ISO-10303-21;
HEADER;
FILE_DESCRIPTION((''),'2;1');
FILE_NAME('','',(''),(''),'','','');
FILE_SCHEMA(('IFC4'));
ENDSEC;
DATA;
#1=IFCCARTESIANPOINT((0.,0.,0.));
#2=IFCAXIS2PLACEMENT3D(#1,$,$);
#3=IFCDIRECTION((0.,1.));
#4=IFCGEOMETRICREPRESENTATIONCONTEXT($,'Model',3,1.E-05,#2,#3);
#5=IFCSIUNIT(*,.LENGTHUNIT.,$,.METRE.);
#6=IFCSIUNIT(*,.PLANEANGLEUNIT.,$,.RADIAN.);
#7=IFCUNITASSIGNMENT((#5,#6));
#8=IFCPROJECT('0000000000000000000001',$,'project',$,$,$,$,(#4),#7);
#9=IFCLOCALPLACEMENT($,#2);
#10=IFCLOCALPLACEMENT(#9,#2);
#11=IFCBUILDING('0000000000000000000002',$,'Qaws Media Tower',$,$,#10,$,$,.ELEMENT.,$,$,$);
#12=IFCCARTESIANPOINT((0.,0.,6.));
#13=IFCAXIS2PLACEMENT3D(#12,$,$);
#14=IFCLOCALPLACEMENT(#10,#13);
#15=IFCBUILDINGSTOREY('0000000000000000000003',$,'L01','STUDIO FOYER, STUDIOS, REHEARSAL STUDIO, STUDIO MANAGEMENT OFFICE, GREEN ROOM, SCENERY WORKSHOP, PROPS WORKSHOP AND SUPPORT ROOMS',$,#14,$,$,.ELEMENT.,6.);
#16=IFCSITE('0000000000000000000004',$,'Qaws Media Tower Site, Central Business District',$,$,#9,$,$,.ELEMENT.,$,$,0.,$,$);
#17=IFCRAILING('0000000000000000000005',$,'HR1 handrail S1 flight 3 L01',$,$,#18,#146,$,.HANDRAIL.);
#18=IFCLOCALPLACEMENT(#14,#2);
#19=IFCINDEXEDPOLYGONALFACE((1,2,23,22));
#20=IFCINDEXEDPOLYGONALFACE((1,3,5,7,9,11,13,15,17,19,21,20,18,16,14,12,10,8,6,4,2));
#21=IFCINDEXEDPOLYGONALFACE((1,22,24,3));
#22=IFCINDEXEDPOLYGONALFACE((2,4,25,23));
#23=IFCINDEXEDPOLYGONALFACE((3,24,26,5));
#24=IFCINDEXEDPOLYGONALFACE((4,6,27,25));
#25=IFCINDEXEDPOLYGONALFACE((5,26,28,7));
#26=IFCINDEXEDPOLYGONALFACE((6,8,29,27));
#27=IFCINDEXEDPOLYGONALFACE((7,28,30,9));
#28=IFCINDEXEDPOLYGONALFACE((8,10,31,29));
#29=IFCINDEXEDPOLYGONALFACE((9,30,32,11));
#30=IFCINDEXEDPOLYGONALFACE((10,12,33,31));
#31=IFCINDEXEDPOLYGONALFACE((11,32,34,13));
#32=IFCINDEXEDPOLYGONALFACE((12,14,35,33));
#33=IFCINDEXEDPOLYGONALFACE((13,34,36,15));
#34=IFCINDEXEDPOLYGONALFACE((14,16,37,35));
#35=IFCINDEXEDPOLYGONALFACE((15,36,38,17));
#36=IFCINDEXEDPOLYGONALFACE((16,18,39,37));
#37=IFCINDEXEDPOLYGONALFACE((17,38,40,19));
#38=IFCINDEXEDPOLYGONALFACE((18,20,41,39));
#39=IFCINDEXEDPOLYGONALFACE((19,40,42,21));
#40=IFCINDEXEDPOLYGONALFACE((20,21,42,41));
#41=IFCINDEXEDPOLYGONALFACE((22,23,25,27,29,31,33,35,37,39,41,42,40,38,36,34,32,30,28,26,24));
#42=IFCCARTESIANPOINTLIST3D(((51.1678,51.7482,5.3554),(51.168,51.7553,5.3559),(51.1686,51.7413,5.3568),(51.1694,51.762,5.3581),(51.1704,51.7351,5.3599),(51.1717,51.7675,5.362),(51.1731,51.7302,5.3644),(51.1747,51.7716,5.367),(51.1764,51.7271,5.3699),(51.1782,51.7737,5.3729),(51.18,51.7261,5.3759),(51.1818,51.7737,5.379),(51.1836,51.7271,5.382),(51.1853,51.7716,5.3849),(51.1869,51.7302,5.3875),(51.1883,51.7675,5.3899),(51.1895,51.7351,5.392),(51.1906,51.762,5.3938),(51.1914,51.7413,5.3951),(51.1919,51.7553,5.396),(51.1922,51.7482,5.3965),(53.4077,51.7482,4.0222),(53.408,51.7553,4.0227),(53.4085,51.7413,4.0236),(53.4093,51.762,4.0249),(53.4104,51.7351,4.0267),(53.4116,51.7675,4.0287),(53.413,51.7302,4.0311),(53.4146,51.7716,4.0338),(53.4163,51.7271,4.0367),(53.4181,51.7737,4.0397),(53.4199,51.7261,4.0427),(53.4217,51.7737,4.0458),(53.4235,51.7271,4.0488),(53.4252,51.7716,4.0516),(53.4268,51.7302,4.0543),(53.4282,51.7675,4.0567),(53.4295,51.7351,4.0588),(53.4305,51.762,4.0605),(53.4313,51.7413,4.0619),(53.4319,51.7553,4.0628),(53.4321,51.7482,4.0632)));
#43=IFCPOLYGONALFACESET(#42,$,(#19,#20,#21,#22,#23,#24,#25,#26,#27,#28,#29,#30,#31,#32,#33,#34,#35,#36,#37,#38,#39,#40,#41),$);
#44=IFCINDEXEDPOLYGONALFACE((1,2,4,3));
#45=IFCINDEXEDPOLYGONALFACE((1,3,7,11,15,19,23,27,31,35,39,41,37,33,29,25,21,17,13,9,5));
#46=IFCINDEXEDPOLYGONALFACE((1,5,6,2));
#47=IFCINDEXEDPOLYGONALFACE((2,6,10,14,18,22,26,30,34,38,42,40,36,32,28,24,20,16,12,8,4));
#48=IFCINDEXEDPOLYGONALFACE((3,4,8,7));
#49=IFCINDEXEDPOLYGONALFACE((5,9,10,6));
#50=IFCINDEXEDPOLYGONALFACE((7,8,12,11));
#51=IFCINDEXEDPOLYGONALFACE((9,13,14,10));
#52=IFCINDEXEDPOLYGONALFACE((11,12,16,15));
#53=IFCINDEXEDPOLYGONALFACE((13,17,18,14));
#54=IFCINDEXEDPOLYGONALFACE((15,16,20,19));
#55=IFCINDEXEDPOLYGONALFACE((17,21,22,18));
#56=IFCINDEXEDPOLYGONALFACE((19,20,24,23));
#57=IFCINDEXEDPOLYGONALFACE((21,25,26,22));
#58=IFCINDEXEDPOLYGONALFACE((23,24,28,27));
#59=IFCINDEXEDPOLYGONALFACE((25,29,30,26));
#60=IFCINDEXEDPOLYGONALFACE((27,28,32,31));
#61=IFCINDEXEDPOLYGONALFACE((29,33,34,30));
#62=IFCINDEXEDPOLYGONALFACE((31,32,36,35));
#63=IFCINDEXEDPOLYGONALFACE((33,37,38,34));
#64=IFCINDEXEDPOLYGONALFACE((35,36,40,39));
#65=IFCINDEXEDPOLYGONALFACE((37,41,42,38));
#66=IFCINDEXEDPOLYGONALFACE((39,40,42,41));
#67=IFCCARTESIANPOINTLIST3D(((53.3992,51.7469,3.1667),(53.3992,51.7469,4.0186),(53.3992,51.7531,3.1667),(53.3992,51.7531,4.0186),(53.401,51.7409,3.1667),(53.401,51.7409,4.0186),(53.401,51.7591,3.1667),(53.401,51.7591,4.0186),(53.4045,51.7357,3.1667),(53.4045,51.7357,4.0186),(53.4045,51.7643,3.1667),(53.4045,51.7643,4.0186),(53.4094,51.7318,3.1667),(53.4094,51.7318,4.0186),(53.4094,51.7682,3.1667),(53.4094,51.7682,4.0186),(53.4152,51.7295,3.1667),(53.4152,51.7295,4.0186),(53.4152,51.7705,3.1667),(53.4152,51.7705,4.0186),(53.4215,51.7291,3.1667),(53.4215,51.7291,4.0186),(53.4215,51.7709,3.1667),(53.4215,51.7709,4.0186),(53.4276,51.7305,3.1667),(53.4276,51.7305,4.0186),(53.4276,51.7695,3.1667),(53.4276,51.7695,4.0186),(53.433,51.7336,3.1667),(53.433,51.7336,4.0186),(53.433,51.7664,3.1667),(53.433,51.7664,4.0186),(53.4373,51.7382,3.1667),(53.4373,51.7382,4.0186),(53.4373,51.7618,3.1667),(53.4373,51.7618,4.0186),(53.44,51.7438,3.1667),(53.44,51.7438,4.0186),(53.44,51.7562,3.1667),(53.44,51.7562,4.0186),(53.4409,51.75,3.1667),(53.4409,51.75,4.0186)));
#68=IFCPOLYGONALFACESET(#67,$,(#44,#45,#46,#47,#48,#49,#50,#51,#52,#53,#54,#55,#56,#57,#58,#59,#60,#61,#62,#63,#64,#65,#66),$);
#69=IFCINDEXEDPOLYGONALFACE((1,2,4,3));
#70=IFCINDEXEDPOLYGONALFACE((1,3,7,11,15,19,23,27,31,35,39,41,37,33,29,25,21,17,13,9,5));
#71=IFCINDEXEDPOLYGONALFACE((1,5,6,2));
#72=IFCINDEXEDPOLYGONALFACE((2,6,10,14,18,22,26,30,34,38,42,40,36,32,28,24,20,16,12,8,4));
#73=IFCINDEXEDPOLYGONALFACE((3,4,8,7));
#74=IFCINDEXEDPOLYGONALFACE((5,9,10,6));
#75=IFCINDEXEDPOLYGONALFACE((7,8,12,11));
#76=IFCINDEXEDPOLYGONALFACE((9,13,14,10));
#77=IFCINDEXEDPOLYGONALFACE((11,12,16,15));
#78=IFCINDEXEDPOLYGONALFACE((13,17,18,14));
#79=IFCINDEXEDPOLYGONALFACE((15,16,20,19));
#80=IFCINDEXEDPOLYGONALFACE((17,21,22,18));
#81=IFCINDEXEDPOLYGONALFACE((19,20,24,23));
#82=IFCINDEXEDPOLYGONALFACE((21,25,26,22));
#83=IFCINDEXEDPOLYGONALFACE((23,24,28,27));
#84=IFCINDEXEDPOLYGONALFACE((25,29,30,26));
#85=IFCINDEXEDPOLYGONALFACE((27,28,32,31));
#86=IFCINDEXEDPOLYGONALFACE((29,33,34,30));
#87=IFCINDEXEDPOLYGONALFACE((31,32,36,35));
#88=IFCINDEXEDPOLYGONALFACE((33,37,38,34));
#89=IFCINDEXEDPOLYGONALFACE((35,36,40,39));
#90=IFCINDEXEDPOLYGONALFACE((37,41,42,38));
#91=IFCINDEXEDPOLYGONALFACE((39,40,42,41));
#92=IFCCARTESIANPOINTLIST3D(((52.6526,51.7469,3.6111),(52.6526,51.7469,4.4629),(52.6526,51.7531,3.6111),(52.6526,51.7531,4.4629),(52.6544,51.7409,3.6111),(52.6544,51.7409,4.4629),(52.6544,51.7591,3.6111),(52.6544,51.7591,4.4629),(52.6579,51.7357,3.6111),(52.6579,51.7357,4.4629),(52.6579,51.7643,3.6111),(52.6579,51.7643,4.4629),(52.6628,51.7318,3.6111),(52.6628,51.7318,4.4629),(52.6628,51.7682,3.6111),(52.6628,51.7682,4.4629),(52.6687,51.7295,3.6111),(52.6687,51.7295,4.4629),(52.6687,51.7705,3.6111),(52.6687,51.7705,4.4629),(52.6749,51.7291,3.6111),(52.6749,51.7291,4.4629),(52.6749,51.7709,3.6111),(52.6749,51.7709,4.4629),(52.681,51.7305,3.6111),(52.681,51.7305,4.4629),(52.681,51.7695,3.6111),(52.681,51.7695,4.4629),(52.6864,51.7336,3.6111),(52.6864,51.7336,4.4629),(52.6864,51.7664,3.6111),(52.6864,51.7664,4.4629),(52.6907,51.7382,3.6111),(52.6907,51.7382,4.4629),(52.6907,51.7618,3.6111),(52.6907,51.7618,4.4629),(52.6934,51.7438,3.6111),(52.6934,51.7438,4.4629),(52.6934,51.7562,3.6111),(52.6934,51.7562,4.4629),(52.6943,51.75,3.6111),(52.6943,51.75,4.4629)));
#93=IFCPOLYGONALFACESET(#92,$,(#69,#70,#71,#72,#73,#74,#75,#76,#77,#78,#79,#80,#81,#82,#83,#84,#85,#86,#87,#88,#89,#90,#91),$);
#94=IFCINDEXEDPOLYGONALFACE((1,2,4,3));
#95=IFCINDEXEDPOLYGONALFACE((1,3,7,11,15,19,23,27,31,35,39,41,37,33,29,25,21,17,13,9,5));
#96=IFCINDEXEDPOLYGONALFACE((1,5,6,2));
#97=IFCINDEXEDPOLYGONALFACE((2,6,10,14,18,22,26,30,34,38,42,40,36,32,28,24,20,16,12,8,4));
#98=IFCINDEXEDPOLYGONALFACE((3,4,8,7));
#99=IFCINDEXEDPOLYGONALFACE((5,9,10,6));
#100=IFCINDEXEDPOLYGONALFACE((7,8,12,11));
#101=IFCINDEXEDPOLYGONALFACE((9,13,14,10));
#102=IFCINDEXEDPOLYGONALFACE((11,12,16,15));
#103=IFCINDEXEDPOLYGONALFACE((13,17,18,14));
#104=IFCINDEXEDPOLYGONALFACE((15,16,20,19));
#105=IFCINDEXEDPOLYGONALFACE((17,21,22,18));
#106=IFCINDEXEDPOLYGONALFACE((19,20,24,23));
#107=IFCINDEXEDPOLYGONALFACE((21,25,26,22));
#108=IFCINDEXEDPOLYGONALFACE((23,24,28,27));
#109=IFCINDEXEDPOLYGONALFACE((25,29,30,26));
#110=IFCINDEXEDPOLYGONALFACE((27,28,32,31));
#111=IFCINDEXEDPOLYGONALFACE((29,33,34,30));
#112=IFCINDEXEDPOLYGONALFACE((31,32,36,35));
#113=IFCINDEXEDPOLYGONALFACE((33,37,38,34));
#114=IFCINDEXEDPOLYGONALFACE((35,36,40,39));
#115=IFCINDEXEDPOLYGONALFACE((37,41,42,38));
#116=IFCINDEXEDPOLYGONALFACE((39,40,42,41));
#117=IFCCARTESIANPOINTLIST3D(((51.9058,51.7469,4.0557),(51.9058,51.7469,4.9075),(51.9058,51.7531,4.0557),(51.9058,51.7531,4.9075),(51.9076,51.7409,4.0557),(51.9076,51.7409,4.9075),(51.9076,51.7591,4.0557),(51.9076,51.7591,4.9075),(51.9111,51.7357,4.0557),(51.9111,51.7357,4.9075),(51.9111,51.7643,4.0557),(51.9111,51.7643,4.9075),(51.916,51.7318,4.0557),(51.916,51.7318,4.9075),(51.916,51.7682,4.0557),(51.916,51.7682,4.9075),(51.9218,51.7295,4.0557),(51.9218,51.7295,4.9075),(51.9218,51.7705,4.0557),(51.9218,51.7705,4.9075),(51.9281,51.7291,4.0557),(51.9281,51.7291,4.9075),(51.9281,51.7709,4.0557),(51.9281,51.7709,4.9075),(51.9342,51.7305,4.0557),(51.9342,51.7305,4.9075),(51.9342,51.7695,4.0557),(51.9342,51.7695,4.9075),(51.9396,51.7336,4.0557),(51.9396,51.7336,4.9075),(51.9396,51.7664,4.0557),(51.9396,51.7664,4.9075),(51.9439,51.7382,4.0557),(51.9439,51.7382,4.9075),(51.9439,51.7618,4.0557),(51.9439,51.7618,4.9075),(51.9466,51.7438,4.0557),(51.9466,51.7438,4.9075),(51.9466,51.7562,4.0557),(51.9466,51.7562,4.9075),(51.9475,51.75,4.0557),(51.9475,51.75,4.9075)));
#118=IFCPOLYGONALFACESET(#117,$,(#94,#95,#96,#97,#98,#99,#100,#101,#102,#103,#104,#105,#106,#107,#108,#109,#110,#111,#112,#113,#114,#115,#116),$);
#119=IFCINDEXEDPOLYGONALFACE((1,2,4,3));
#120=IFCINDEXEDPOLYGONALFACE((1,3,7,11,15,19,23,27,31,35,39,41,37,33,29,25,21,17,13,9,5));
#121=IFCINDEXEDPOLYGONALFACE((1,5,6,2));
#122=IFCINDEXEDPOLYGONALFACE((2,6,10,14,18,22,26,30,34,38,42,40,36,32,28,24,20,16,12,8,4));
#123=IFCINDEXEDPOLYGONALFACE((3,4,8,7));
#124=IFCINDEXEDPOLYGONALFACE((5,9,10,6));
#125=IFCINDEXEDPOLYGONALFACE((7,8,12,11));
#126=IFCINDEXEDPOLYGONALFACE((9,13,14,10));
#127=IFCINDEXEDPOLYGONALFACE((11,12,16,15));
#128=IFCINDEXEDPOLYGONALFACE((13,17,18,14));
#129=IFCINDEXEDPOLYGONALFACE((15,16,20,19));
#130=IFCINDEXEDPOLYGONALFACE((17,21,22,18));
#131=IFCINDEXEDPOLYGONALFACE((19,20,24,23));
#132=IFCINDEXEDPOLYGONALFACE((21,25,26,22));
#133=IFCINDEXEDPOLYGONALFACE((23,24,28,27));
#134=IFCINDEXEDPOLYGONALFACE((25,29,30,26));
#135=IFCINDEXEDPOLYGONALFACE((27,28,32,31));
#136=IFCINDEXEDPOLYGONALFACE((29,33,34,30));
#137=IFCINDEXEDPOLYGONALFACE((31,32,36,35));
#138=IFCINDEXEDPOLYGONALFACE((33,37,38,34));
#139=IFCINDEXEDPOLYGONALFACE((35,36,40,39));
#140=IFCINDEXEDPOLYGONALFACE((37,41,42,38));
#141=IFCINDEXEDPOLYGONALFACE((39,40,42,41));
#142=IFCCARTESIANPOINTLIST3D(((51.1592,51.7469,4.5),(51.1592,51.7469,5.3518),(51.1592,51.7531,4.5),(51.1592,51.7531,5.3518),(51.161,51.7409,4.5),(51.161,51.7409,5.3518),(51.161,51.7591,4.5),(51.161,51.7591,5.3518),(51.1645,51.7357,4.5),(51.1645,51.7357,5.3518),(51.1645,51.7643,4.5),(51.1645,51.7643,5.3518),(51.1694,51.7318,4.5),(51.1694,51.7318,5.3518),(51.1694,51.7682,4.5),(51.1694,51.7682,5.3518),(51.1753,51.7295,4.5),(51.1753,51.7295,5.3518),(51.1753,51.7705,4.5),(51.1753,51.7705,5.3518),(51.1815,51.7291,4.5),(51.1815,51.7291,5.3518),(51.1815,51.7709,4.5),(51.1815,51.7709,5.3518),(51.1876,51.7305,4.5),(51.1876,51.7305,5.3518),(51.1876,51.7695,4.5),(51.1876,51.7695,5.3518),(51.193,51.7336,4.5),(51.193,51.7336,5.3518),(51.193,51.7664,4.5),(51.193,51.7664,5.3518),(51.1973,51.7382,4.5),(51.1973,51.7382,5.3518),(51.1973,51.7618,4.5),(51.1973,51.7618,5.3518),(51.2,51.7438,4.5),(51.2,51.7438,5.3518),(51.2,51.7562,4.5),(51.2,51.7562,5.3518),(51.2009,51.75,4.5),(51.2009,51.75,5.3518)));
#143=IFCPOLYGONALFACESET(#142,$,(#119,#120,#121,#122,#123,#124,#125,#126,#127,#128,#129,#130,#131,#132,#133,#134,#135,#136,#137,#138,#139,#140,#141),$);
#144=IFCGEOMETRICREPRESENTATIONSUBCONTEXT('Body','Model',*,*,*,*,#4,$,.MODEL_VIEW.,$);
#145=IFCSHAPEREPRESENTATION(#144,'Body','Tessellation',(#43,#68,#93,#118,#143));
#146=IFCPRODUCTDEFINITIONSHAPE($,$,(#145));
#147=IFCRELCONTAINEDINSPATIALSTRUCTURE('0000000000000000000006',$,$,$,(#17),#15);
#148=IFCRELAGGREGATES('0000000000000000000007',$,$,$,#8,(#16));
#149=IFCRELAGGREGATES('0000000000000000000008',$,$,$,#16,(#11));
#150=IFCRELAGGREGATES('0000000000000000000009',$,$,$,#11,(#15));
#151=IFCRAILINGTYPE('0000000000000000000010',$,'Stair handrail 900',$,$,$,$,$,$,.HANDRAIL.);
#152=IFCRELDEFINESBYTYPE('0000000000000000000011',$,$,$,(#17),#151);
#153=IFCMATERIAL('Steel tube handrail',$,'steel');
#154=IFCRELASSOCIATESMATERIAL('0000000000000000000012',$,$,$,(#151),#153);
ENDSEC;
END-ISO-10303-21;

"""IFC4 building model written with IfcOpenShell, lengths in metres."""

from ifc_helpers import new_model, si_unit, direction, frame, origin, origin_2d, place, context, subcontext, project, spatial, circle, extrude, material, type_object, element, save


model = new_model("IFC4")

# Units and contexts
model_context = context("Model", 3, precision=1e-05, world=origin(), true_north=direction((0.0, 1.0)))
body_context = subcontext(model_context, "Body", "Model", "MODEL_VIEW")
ifc_project = project(units=[si_unit("LENGTHUNIT", "METRE"), si_unit("PLANEANGLEUNIT", "RADIAN")], contexts=[model_context])

# Site, building, storey
site_placement = place(None, origin())
site = spatial("IfcSite", under=ifc_project, at=site_placement, Name="Qaws Media Tower Site, Central Business District", CompositionType="ELEMENT", RefElevation=0.0)
building_placement = place(site_placement, origin())
building = spatial("IfcBuilding", under=site, at=building_placement, Name="Qaws Media Tower", CompositionType="ELEMENT")
storey_placement = place(building_placement, frame((0.0, 0.0, 6.0)))
storey = spatial("IfcBuildingStorey", under=building, at=storey_placement, Name="L01", Description="STUDIO FOYER, STUDIOS, REHEARSAL STUDIO, STUDIO MANAGEMENT OFFICE, GREEN ROOM, SCENERY WORKSHOP, PROPS WORKSHOP AND SUPPORT ROOMS", CompositionType="ELEMENT", Elevation=6.0)

# Railing
ifc_material_1 = material(Name="Steel tube handrail", Category="steel")
railing_type = type_object("IfcRailingType", Name="Stair handrail 900", PredefinedType="HANDRAIL", material=ifc_material_1)
for number, where, name in (
    (1, (53.4199, 51.75, 3.1667), "HR1 handrail S1 flight 3 L01"),
):
    element("IfcRailing", number, at=place(storey_placement, frame(where)), inside=storey, type_object=railing_type, Name=name, PredefinedType="HANDRAIL", context=body_context, shape_type="SweptSolid", body=[
        extrude(circle(Radius=0.0239, at=origin_2d()), frame((0.0, 0.0, 0.876), z_axis=(-0.859306, 0.0, 0.511462), x_axis=(0.0, -1.0, 0.0)), (0.0, 0.0, 1.0), 2.6067),
        extrude(circle(Radius=0.021, at=origin_2d()), origin(), (0.0, 0.0, 1.0), 0.8518),
        extrude(circle(Radius=0.021, at=origin_2d()), frame((-0.7466, 0.0, 0.4443)), (0.0, 0.0, 1.0), 0.8518),
        extrude(circle(Radius=0.021, at=origin_2d()), frame((-1.4934, 0.0, 0.8889)), (0.0, 0.0, 1.0), 0.8518),
        extrude(circle(Radius=0.021, at=origin_2d()), frame((-2.24, 0.0, 1.3333)), (0.0, 0.0, 1.0), 0.8518),
    ])

save(model, "model.ifc")
